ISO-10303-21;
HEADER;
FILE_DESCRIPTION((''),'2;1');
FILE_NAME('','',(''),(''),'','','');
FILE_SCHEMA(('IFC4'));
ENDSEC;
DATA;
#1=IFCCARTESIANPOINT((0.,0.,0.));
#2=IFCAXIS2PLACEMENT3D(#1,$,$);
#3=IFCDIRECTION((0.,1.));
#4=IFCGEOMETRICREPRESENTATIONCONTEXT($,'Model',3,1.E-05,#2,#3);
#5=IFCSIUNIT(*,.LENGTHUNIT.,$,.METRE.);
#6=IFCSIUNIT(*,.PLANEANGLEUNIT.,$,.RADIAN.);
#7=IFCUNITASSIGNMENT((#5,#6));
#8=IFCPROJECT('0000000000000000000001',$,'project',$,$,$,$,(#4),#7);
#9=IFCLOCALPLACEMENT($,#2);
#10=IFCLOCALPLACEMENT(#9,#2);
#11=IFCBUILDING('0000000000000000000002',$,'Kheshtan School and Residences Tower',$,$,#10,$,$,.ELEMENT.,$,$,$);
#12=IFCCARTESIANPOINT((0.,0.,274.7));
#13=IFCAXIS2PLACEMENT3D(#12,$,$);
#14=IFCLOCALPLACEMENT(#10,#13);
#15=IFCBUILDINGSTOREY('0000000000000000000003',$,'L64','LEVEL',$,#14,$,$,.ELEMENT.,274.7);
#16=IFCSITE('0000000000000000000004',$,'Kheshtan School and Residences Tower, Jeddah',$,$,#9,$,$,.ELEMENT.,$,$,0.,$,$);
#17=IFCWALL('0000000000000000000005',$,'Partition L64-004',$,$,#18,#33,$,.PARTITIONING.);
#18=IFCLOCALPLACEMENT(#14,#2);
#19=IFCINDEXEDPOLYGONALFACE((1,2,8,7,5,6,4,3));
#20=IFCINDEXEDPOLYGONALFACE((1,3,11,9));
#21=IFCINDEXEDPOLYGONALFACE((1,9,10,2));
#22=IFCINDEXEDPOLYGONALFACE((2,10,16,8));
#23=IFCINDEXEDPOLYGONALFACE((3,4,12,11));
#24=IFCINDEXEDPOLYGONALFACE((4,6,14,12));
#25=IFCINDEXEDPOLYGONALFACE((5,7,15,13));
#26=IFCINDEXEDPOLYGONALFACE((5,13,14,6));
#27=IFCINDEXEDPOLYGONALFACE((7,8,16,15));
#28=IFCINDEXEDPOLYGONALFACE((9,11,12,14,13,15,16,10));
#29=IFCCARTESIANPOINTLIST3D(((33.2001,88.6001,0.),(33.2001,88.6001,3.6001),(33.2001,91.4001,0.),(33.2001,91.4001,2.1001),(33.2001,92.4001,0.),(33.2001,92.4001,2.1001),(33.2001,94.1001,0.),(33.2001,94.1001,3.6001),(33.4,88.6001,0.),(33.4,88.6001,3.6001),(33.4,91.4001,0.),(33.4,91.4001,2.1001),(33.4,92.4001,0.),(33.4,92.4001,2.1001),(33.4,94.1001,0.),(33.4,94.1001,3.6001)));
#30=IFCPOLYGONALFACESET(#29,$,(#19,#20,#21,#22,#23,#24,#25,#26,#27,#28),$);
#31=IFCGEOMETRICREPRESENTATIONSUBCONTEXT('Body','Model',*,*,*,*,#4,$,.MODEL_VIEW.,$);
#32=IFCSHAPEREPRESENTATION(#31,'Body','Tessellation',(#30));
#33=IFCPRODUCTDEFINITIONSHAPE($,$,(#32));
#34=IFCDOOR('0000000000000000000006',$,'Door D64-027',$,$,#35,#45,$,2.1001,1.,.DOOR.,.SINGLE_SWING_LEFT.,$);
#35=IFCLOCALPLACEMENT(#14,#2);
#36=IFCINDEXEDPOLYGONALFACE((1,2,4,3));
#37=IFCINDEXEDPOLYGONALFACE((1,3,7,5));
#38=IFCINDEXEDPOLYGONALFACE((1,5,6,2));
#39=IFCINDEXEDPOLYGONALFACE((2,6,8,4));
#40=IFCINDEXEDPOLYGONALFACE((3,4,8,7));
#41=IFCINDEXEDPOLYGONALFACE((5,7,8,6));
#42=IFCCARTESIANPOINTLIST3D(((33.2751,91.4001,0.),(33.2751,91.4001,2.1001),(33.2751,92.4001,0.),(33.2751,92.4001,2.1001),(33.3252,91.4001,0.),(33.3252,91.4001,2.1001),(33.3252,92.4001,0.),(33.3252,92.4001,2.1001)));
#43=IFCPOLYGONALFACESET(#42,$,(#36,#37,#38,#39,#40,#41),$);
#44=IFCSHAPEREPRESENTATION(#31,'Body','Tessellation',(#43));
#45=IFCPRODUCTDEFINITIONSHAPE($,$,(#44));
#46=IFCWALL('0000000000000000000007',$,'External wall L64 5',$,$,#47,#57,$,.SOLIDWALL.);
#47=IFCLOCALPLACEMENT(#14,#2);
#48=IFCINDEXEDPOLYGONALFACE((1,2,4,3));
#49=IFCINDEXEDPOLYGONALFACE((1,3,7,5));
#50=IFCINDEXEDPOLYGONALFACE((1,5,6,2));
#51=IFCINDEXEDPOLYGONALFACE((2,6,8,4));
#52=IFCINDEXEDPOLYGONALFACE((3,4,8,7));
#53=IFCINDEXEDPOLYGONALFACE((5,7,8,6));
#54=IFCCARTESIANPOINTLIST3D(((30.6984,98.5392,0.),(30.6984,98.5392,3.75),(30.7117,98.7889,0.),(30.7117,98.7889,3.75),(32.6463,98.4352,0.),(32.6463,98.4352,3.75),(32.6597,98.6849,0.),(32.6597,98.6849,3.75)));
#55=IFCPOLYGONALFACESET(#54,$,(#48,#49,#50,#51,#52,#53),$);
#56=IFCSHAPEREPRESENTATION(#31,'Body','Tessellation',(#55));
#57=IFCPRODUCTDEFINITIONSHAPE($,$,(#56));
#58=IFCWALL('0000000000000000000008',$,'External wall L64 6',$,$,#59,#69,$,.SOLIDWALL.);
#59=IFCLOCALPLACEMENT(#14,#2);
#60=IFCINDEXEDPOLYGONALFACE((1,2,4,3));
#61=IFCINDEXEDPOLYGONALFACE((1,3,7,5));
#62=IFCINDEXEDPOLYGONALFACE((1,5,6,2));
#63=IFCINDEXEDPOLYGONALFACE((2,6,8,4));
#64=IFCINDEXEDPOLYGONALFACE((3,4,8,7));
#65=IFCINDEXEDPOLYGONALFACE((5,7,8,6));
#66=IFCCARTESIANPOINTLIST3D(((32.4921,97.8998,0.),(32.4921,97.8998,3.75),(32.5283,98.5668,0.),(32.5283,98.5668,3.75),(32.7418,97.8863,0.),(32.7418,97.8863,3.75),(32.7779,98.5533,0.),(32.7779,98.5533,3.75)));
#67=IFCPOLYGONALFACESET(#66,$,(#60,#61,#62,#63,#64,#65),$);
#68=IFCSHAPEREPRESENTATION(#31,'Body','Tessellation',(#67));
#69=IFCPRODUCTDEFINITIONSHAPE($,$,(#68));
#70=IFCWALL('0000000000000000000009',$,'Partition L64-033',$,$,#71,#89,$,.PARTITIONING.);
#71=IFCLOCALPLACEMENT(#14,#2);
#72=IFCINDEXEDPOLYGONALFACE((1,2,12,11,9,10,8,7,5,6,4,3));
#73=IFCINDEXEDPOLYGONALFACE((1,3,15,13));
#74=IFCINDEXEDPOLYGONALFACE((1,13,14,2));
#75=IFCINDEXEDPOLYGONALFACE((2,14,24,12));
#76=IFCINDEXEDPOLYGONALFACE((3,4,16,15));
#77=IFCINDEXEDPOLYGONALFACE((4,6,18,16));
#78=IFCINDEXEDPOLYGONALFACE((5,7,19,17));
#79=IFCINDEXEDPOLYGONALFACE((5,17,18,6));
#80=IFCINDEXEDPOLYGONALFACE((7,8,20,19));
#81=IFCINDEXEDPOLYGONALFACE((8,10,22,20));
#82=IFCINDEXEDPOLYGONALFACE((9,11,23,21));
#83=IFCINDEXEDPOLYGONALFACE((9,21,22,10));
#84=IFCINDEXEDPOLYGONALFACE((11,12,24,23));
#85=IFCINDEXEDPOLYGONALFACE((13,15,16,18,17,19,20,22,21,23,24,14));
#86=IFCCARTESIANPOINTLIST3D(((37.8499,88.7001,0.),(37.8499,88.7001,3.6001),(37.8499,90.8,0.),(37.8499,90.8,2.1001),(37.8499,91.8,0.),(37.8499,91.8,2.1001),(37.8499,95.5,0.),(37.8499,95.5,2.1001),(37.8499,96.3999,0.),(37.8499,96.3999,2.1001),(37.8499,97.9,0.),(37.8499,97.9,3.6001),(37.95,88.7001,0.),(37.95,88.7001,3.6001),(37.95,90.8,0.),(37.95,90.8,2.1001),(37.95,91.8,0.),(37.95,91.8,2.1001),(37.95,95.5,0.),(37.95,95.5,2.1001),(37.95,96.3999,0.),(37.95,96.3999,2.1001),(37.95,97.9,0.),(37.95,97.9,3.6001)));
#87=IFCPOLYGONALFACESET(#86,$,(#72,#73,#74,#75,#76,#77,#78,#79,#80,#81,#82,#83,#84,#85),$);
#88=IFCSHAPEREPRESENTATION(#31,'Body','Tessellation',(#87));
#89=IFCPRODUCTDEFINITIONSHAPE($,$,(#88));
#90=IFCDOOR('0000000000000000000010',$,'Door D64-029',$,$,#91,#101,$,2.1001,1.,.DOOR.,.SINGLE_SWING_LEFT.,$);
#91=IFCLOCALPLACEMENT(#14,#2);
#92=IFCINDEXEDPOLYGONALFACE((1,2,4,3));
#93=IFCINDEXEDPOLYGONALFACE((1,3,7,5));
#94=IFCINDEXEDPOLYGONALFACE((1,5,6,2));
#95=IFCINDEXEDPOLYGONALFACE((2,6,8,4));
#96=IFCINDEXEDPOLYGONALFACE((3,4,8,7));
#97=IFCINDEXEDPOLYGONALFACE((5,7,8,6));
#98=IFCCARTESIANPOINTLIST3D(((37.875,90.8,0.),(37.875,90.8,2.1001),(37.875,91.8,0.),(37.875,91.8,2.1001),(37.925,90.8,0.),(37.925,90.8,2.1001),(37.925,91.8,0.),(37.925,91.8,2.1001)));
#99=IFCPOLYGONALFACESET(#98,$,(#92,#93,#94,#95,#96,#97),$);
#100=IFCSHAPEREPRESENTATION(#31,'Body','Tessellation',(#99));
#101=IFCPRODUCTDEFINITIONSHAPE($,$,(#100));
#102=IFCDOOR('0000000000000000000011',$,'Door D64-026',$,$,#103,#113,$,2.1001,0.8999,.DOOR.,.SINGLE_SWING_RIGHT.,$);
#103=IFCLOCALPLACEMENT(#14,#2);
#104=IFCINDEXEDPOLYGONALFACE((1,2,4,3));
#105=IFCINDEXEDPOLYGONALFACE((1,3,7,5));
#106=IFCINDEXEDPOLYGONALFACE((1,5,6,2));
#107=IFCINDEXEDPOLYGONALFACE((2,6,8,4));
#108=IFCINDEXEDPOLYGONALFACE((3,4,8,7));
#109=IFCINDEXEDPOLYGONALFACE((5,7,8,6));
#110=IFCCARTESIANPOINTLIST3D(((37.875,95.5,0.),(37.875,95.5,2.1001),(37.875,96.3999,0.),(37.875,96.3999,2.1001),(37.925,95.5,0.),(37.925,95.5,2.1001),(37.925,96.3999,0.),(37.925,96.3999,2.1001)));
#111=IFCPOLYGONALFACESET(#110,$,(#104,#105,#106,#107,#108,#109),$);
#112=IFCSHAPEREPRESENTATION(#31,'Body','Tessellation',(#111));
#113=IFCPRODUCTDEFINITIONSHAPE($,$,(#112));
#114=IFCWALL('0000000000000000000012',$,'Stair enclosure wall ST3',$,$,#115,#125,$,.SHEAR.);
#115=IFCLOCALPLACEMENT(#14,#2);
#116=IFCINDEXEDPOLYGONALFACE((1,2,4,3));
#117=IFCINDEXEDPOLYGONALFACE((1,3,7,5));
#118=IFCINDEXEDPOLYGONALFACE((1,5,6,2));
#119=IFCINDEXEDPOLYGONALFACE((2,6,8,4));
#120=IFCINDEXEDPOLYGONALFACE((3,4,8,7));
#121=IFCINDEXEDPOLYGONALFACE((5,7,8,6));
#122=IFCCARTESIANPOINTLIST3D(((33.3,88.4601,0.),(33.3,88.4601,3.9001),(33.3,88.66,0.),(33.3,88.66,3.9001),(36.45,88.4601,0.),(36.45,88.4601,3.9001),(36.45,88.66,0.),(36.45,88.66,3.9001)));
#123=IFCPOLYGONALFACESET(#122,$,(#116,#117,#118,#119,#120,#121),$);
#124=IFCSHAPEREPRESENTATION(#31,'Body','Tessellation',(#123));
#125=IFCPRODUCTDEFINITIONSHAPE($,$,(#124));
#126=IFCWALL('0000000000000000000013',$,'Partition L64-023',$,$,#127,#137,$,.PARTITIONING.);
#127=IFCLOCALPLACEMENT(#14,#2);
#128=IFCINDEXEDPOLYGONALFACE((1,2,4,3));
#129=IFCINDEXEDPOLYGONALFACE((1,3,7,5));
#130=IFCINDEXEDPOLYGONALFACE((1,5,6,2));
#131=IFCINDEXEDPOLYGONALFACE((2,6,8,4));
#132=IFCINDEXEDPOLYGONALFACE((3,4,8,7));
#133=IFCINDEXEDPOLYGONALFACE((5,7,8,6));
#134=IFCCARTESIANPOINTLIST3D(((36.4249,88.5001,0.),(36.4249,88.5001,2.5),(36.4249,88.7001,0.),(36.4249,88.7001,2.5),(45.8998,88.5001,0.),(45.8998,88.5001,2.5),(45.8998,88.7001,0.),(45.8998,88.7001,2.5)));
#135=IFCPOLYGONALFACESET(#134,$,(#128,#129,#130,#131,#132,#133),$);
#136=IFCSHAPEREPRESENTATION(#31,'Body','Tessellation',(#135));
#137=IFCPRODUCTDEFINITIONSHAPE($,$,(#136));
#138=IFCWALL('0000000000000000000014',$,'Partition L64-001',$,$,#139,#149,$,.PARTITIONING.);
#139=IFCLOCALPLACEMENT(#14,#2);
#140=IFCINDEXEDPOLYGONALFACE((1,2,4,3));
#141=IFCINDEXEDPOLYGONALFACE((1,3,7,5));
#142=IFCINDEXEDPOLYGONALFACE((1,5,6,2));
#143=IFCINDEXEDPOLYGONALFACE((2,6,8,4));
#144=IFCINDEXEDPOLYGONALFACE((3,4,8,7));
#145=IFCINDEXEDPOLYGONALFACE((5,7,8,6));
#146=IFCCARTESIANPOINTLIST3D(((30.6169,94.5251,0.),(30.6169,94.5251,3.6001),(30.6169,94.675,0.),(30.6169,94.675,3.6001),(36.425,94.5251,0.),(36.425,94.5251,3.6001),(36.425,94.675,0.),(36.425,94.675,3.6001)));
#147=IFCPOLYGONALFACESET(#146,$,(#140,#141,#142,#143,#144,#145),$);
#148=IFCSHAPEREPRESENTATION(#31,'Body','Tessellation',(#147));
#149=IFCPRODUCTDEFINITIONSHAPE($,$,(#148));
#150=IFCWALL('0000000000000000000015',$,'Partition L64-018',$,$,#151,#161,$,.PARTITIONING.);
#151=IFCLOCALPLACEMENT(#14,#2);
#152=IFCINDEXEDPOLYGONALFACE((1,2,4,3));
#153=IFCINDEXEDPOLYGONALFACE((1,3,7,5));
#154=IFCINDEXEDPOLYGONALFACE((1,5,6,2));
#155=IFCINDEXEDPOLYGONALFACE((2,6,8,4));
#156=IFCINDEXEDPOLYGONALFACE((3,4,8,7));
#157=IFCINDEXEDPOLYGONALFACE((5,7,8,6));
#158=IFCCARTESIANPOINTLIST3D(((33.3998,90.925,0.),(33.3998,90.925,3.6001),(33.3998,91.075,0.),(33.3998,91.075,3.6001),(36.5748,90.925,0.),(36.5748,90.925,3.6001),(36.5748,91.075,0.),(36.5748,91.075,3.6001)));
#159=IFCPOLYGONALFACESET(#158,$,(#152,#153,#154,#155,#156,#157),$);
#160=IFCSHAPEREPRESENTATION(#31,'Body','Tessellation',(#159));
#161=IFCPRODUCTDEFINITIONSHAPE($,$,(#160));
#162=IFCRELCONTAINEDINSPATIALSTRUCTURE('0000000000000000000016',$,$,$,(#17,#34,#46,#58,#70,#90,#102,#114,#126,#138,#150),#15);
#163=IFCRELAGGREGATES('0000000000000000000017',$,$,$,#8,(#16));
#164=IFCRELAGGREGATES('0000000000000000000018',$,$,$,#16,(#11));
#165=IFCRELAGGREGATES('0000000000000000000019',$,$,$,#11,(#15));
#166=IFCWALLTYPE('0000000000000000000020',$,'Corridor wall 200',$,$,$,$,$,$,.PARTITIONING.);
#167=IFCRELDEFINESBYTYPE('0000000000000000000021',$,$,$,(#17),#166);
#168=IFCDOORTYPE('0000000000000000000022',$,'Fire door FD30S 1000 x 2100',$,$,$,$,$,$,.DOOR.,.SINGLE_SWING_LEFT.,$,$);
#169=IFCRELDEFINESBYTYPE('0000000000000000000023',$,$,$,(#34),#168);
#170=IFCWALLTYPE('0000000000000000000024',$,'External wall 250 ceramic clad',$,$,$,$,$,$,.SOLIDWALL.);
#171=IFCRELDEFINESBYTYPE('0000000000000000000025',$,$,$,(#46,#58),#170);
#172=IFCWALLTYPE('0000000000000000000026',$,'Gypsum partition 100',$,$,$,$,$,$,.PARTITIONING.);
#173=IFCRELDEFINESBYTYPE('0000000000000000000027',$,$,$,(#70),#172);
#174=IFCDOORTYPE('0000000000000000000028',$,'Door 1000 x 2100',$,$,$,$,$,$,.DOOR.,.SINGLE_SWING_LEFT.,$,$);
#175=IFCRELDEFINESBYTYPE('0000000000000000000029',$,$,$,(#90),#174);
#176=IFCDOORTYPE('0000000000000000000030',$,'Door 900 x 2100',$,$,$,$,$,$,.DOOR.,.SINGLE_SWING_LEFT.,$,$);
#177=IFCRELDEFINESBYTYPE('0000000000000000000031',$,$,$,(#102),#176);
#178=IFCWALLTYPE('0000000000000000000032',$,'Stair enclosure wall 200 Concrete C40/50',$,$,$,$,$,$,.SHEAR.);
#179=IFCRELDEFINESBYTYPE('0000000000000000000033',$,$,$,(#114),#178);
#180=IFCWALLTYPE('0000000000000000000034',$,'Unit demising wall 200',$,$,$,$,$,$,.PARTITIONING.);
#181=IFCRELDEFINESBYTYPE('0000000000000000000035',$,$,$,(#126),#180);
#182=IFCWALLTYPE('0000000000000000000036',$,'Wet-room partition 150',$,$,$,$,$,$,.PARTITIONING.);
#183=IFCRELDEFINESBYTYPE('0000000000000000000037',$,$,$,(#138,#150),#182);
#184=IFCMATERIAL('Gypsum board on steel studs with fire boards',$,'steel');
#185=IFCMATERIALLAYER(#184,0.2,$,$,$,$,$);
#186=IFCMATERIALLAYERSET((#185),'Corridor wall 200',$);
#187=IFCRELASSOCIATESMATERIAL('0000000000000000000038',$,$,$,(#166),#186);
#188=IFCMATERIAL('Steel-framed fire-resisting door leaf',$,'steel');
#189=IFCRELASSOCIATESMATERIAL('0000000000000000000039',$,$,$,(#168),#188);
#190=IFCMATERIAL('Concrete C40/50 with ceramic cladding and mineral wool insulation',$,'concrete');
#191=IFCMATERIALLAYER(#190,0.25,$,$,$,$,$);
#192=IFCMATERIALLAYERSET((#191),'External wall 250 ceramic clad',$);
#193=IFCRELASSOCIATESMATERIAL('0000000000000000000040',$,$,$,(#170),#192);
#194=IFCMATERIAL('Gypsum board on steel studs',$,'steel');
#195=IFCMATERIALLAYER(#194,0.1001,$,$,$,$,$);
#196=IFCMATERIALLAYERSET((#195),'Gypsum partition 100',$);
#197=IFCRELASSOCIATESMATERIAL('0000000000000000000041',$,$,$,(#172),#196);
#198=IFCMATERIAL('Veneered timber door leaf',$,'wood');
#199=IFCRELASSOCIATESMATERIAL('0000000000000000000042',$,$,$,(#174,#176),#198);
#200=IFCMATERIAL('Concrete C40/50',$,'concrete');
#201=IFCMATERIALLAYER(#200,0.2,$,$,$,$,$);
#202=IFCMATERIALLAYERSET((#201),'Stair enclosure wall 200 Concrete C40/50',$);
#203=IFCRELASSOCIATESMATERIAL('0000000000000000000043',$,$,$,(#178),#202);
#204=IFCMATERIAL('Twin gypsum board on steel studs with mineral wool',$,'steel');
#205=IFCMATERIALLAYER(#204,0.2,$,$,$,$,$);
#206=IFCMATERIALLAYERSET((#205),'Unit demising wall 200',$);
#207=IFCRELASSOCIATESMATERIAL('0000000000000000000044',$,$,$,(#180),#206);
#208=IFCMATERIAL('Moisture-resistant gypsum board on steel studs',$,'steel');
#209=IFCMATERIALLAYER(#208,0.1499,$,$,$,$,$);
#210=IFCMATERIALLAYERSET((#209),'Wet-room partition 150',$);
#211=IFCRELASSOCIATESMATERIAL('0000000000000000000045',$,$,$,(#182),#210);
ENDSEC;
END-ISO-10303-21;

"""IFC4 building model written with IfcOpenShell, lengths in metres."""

from ifc_helpers import new_model, si_unit, direction, frame, frame_2d, origin, place, context, subcontext, project, spatial, rectangle, extrude, source, transform, mapped, material, layer, layer_set, type_object, element, fill, save


model = new_model("IFC4")

# Units and contexts
model_context = context("Model", 3, precision=1e-05, world=origin(), true_north=direction((0.0, 1.0)))
body_context = subcontext(model_context, "Body", "Model", "MODEL_VIEW")
ifc_project = project(units=[si_unit("LENGTHUNIT", "METRE"), si_unit("PLANEANGLEUNIT", "RADIAN")], contexts=[model_context])

# Site, building, storey
site_placement = place(None, origin())
site = spatial("IfcSite", under=ifc_project, at=site_placement, Name="Kheshtan School and Residences Tower, Jeddah", CompositionType="ELEMENT", RefElevation=0.0)
building_placement = place(site_placement, origin())
building = spatial("IfcBuilding", under=site, at=building_placement, Name="Kheshtan School and Residences Tower", CompositionType="ELEMENT")
storey_placement = place(building_placement, frame((0.0, 0.0, 274.7)))
storey = spatial("IfcBuildingStorey", under=building, at=storey_placement, Name="L64", Description="LEVEL", CompositionType="ELEMENT", Elevation=274.7)

# Shared definitions
ifc_material_1 = material(Name="Gypsum board on steel studs with fire boards", Category="steel")
ifc_layer_1 = layer(ifc_material_1, 0.2)
ifc_layer_set_1 = layer_set([ifc_layer_1], Name="Corridor wall 200")
wall_type_1 = type_object("IfcWallType", Name="Corridor wall 200", PredefinedType="PARTITIONING", material=ifc_layer_set_1)

# Wall, opening, door
wall_1_placement = place(storey_placement, frame((33.3, 88.6001, 0.0), z_axis=(0.0, 0.0, 1.0), x_axis=(0.0, 1.0, 0.0)))
wall_1 = element("IfcWall", 1, at=wall_1_placement, inside=storey, type_object=wall_type_1, Name="Partition L64-004", PredefinedType="PARTITIONING", context=body_context, shape_type="SweptSolid", body=[
    extrude(rectangle(XDim=5.5, YDim=0.2, at=frame_2d((2.75, 0.0))), origin(), (0.0, 0.0, 1.0), 3.6001),
])
opening_1_placement = place(wall_1_placement, frame((2.8, 0.0, 0.0)))
opening_1 = element("IfcOpeningElement", 2, at=opening_1_placement, cuts=wall_1, PredefinedType="OPENING", context=body_context, shape_type="SweptSolid", body=[
    extrude(rectangle(XDim=1.0, YDim=2.1001, at=frame_2d((0.5, 1.05))), frame((0.0, 0.1099, 0.0), z_axis=(0.0, -1.0, 0.0), x_axis=(1.0, 0.0, 0.0)), (0.0, 0.0, 1.0), 0.22),
])
ifc_material_2 = material(Name="Steel-framed fire-resisting door leaf", Category="steel")
door_type_1 = type_object("IfcDoorType", Name="Fire door FD30S 1000 x 2100", OperationType="SINGLE_SWING_LEFT", PredefinedType="DOOR", material=ifc_material_2)
shared_shape_1 = source(origin(), body_context, "Body", "SweptSolid", [
    extrude(rectangle(XDim=1.0, YDim=2.1001, at=frame_2d((0.5, 1.05))), frame((0.0, 0.0249, 0.0), z_axis=(0.0, -1.0, 0.0), x_axis=(1.0, 0.0, 0.0)), (0.0, 0.0, 1.0), 0.05),
])
door_1_placement = place(opening_1_placement, origin())
door_1 = element("IfcDoor", 3, at=door_1_placement, inside=storey, type_object=door_type_1, Name="Door D64-027", OperationType="SINGLE_SWING_LEFT", OverallHeight=2.1001, OverallWidth=1.0, PredefinedType="DOOR", context=body_context, shape_type="MappedRepresentation", body=[
    mapped(shared_shape_1, transform((0.0, 0.0, 0.0), x_axis=(1.0, 0.0, 0.0), y_axis=(0.0, 1.0, 0.0), z_axis=(0.0, 0.0, 1.0), scale=1.0)),
])
fill(opening_1, door_1)

# Walls
ifc_material_3 = material(Name="Concrete C40/50 with ceramic cladding and mineral wool insulation", Category="concrete")
ifc_layer_2 = layer(ifc_material_3, 0.25)
ifc_layer_set_2 = layer_set([ifc_layer_2], Name="External wall 250 ceramic clad")
wall_type_2 = type_object("IfcWallType", Name="External wall 250 ceramic clad", PredefinedType="SOLIDWALL", material=ifc_layer_set_2)
wall_2_placement = place(storey_placement, frame((30.7051, 98.6641, 0.0), z_axis=(0.0, 0.0, 1.0), x_axis=(0.998578, -0.053314, 0.0)))
element("IfcWall", 4, at=wall_2_placement, inside=storey, type_object=wall_type_2, Name="External wall L64 5", PredefinedType="SOLIDWALL", context=body_context, shape_type="SweptSolid", body=[
    extrude(rectangle(XDim=1.9507, YDim=0.25, at=frame_2d((0.9753, 0.0))), origin(), (0.0, 0.0, 1.0), 3.75),
])
wall_3_placement = place(storey_placement, frame((32.6531, 98.5601, 0.0), z_axis=(0.0, 0.0, 1.0), x_axis=(-0.054093, -0.998536, 0.0)))
element("IfcWall", 5, at=wall_3_placement, inside=storey, type_object=wall_type_2, Name="External wall L64 6", PredefinedType="SOLIDWALL", context=body_context, shape_type="SweptSolid", body=[
    extrude(rectangle(XDim=0.668, YDim=0.25, at=frame_2d((0.334, 0.0))), origin(), (0.0, 0.0, 1.0), 3.75),
])

# Wall, openings, doors
ifc_material_4 = material(Name="Gypsum board on steel studs", Category="steel")
ifc_layer_3 = layer(ifc_material_4, 0.1001)
ifc_layer_set_3 = layer_set([ifc_layer_3], Name="Gypsum partition 100")
wall_type_3 = type_object("IfcWallType", Name="Gypsum partition 100", PredefinedType="PARTITIONING", material=ifc_layer_set_3)
wall_4_placement = place(storey_placement, frame((37.8999, 88.7, 0.0), z_axis=(0.0, 0.0, 1.0), x_axis=(0.0, 1.0, 0.0)))
wall_4 = element("IfcWall", 6, at=wall_4_placement, inside=storey, type_object=wall_type_3, Name="Partition L64-033", PredefinedType="PARTITIONING", context=body_context, shape_type="SweptSolid", body=[
    extrude(rectangle(XDim=9.2, YDim=0.1001, at=frame_2d((4.6001, 0.0))), origin(), (0.0, 0.0, 1.0), 3.6001),
])
opening_2_placement = place(wall_4_placement, frame((6.8, 0.0, 0.0)))
opening_2 = element("IfcOpeningElement", 7, at=opening_2_placement, cuts=wall_4, PredefinedType="OPENING", context=body_context, shape_type="SweptSolid", body=[
    extrude(rectangle(XDim=0.8999, YDim=2.1001, at=frame_2d((0.45, 1.05))), frame((0.0, 0.0601, 0.0), z_axis=(0.0, -1.0, 0.0), x_axis=(1.0, 0.0, 0.0)), (0.0, 0.0, 1.0), 0.1201),
])
opening_3_placement = place(wall_4_placement, frame((2.1001, 0.0, 0.0)))
opening_3 = element("IfcOpeningElement", 8, at=opening_3_placement, cuts=wall_4, PredefinedType="OPENING", context=body_context, shape_type="SweptSolid", body=[
    extrude(rectangle(XDim=1.0, YDim=2.1001, at=frame_2d((0.5, 1.05))), frame((0.0, 0.0601, 0.0), z_axis=(0.0, -1.0, 0.0), x_axis=(1.0, 0.0, 0.0)), (0.0, 0.0, 1.0), 0.1201),
])
ifc_material_5 = material(Name="Veneered timber door leaf", Category="wood")
door_type_2 = type_object("IfcDoorType", Name="Door 1000 x 2100", OperationType="SINGLE_SWING_LEFT", PredefinedType="DOOR", material=ifc_material_5)
shared_shape_2 = source(origin(), body_context, "Body", "SweptSolid", [
    extrude(rectangle(XDim=1.0, YDim=2.1001, at=frame_2d((0.5, 1.05))), frame((0.0, 0.0249, 0.0), z_axis=(0.0, -1.0, 0.0), x_axis=(1.0, 0.0, 0.0)), (0.0, 0.0, 1.0), 0.05),
])
door_2_placement = place(opening_3_placement, origin())
door_2 = element("IfcDoor", 9, at=door_2_placement, inside=storey, type_object=door_type_2, Name="Door D64-029", OperationType="SINGLE_SWING_LEFT", OverallHeight=2.1001, OverallWidth=1.0, PredefinedType="DOOR", context=body_context, shape_type="MappedRepresentation", body=[
    mapped(shared_shape_2, transform((0.0, 0.0, 0.0), x_axis=(1.0, 0.0, 0.0), y_axis=(0.0, 1.0, 0.0), z_axis=(0.0, 0.0, 1.0), scale=1.0)),
])
fill(opening_3, door_2)
door_type_3 = type_object("IfcDoorType", Name="Door 900 x 2100", OperationType="SINGLE_SWING_LEFT", PredefinedType="DOOR", material=ifc_material_5)
shared_shape_3 = source(origin(), body_context, "Body", "SweptSolid", [
    extrude(rectangle(XDim=0.8999, YDim=2.1001, at=frame_2d((0.45, 1.05))), frame((0.0, 0.0249, 0.0), z_axis=(0.0, -1.0, 0.0), x_axis=(1.0, 0.0, 0.0)), (0.0, 0.0, 1.0), 0.05),
])
door_3_placement = place(opening_2_placement, origin())
door_3 = element("IfcDoor", 10, at=door_3_placement, inside=storey, type_object=door_type_3, Name="Door D64-026", OperationType="SINGLE_SWING_RIGHT", OverallHeight=2.1001, OverallWidth=0.8999, PredefinedType="DOOR", context=body_context, shape_type="MappedRepresentation", body=[
    mapped(shared_shape_3, transform((0.0, 0.0, 0.0), x_axis=(1.0, 0.0, 0.0), y_axis=(0.0, 1.0, 0.0), z_axis=(0.0, 0.0, 1.0), scale=1.0)),
])
fill(opening_2, door_3)

# Walls
ifc_material_6 = material(Name="Concrete C40/50", Category="concrete")
ifc_layer_4 = layer(ifc_material_6, 0.2)
ifc_layer_set_4 = layer_set([ifc_layer_4], Name="Stair enclosure wall 200 Concrete C40/50")
wall_type_4 = type_object("IfcWallType", Name="Stair enclosure wall 200 Concrete C40/50", PredefinedType="SHEAR", material=ifc_layer_set_4)
wall_5_placement = place(storey_placement, frame((33.3, 88.5601, 0.0), z_axis=(0.0, 0.0, 1.0), x_axis=(1.0, 0.0, 0.0)))
element("IfcWall", 11, at=wall_5_placement, inside=storey, type_object=wall_type_4, Name="Stair enclosure wall ST3", PredefinedType="SHEAR", context=body_context, shape_type="SweptSolid", body=[
    extrude(rectangle(XDim=3.1499, YDim=0.2, at=frame_2d((1.575, 0.0))), origin(), (0.0, 0.0, 1.0), 3.9001),
])
ifc_material_7 = material(Name="Twin gypsum board on steel studs with mineral wool", Category="steel")
ifc_layer_5 = layer(ifc_material_7, 0.2)
ifc_layer_set_5 = layer_set([ifc_layer_5], Name="Unit demising wall 200")
wall_type_5 = type_object("IfcWallType", Name="Unit demising wall 200", PredefinedType="PARTITIONING", material=ifc_layer_set_5)
wall_6_placement = place(storey_placement, frame((36.425, 88.6001, 0.0), z_axis=(0.0, 0.0, 1.0), x_axis=(1.0, 0.0, 0.0)))
element("IfcWall", 12, at=wall_6_placement, inside=storey, type_object=wall_type_5, Name="Partition L64-023", PredefinedType="PARTITIONING", context=body_context, shape_type="SweptSolid", body=[
    extrude(rectangle(XDim=9.4749, YDim=0.2, at=frame_2d((4.7373, 0.0))), origin(), (0.0, 0.0, 1.0), 2.5),
])
ifc_material_8 = material(Name="Moisture-resistant gypsum board on steel studs", Category="steel")
ifc_layer_6 = layer(ifc_material_8, 0.1499)
ifc_layer_set_6 = layer_set([ifc_layer_6], Name="Wet-room partition 150")
wall_type_6 = type_object("IfcWallType", Name="Wet-room partition 150", PredefinedType="PARTITIONING", material=ifc_layer_set_6)
wall_7_placement = place(storey_placement, frame((30.6169, 94.6001, 0.0), z_axis=(0.0, 0.0, 1.0), x_axis=(1.0, 0.0, 0.0)))
element("IfcWall", 13, at=wall_7_placement, inside=storey, type_object=wall_type_6, Name="Partition L64-001", PredefinedType="PARTITIONING", context=body_context, shape_type="SweptSolid", body=[
    extrude(rectangle(XDim=5.8081, YDim=0.1499, at=frame_2d((2.9041, 0.0))), origin(), (0.0, 0.0, 1.0), 3.6001),
])
wall_8_placement = place(storey_placement, frame((33.3999, 91.0, 0.0), z_axis=(0.0, 0.0, 1.0), x_axis=(1.0, 0.0, 0.0)))
element("IfcWall", 14, at=wall_8_placement, inside=storey, type_object=wall_type_6, Name="Partition L64-018", PredefinedType="PARTITIONING", context=body_context, shape_type="SweptSolid", body=[
    extrude(rectangle(XDim=3.175, YDim=0.1499, at=frame_2d((1.5874, 0.0))), origin(), (0.0, 0.0, 1.0), 3.6001),
])

save(model, "model.ifc")
